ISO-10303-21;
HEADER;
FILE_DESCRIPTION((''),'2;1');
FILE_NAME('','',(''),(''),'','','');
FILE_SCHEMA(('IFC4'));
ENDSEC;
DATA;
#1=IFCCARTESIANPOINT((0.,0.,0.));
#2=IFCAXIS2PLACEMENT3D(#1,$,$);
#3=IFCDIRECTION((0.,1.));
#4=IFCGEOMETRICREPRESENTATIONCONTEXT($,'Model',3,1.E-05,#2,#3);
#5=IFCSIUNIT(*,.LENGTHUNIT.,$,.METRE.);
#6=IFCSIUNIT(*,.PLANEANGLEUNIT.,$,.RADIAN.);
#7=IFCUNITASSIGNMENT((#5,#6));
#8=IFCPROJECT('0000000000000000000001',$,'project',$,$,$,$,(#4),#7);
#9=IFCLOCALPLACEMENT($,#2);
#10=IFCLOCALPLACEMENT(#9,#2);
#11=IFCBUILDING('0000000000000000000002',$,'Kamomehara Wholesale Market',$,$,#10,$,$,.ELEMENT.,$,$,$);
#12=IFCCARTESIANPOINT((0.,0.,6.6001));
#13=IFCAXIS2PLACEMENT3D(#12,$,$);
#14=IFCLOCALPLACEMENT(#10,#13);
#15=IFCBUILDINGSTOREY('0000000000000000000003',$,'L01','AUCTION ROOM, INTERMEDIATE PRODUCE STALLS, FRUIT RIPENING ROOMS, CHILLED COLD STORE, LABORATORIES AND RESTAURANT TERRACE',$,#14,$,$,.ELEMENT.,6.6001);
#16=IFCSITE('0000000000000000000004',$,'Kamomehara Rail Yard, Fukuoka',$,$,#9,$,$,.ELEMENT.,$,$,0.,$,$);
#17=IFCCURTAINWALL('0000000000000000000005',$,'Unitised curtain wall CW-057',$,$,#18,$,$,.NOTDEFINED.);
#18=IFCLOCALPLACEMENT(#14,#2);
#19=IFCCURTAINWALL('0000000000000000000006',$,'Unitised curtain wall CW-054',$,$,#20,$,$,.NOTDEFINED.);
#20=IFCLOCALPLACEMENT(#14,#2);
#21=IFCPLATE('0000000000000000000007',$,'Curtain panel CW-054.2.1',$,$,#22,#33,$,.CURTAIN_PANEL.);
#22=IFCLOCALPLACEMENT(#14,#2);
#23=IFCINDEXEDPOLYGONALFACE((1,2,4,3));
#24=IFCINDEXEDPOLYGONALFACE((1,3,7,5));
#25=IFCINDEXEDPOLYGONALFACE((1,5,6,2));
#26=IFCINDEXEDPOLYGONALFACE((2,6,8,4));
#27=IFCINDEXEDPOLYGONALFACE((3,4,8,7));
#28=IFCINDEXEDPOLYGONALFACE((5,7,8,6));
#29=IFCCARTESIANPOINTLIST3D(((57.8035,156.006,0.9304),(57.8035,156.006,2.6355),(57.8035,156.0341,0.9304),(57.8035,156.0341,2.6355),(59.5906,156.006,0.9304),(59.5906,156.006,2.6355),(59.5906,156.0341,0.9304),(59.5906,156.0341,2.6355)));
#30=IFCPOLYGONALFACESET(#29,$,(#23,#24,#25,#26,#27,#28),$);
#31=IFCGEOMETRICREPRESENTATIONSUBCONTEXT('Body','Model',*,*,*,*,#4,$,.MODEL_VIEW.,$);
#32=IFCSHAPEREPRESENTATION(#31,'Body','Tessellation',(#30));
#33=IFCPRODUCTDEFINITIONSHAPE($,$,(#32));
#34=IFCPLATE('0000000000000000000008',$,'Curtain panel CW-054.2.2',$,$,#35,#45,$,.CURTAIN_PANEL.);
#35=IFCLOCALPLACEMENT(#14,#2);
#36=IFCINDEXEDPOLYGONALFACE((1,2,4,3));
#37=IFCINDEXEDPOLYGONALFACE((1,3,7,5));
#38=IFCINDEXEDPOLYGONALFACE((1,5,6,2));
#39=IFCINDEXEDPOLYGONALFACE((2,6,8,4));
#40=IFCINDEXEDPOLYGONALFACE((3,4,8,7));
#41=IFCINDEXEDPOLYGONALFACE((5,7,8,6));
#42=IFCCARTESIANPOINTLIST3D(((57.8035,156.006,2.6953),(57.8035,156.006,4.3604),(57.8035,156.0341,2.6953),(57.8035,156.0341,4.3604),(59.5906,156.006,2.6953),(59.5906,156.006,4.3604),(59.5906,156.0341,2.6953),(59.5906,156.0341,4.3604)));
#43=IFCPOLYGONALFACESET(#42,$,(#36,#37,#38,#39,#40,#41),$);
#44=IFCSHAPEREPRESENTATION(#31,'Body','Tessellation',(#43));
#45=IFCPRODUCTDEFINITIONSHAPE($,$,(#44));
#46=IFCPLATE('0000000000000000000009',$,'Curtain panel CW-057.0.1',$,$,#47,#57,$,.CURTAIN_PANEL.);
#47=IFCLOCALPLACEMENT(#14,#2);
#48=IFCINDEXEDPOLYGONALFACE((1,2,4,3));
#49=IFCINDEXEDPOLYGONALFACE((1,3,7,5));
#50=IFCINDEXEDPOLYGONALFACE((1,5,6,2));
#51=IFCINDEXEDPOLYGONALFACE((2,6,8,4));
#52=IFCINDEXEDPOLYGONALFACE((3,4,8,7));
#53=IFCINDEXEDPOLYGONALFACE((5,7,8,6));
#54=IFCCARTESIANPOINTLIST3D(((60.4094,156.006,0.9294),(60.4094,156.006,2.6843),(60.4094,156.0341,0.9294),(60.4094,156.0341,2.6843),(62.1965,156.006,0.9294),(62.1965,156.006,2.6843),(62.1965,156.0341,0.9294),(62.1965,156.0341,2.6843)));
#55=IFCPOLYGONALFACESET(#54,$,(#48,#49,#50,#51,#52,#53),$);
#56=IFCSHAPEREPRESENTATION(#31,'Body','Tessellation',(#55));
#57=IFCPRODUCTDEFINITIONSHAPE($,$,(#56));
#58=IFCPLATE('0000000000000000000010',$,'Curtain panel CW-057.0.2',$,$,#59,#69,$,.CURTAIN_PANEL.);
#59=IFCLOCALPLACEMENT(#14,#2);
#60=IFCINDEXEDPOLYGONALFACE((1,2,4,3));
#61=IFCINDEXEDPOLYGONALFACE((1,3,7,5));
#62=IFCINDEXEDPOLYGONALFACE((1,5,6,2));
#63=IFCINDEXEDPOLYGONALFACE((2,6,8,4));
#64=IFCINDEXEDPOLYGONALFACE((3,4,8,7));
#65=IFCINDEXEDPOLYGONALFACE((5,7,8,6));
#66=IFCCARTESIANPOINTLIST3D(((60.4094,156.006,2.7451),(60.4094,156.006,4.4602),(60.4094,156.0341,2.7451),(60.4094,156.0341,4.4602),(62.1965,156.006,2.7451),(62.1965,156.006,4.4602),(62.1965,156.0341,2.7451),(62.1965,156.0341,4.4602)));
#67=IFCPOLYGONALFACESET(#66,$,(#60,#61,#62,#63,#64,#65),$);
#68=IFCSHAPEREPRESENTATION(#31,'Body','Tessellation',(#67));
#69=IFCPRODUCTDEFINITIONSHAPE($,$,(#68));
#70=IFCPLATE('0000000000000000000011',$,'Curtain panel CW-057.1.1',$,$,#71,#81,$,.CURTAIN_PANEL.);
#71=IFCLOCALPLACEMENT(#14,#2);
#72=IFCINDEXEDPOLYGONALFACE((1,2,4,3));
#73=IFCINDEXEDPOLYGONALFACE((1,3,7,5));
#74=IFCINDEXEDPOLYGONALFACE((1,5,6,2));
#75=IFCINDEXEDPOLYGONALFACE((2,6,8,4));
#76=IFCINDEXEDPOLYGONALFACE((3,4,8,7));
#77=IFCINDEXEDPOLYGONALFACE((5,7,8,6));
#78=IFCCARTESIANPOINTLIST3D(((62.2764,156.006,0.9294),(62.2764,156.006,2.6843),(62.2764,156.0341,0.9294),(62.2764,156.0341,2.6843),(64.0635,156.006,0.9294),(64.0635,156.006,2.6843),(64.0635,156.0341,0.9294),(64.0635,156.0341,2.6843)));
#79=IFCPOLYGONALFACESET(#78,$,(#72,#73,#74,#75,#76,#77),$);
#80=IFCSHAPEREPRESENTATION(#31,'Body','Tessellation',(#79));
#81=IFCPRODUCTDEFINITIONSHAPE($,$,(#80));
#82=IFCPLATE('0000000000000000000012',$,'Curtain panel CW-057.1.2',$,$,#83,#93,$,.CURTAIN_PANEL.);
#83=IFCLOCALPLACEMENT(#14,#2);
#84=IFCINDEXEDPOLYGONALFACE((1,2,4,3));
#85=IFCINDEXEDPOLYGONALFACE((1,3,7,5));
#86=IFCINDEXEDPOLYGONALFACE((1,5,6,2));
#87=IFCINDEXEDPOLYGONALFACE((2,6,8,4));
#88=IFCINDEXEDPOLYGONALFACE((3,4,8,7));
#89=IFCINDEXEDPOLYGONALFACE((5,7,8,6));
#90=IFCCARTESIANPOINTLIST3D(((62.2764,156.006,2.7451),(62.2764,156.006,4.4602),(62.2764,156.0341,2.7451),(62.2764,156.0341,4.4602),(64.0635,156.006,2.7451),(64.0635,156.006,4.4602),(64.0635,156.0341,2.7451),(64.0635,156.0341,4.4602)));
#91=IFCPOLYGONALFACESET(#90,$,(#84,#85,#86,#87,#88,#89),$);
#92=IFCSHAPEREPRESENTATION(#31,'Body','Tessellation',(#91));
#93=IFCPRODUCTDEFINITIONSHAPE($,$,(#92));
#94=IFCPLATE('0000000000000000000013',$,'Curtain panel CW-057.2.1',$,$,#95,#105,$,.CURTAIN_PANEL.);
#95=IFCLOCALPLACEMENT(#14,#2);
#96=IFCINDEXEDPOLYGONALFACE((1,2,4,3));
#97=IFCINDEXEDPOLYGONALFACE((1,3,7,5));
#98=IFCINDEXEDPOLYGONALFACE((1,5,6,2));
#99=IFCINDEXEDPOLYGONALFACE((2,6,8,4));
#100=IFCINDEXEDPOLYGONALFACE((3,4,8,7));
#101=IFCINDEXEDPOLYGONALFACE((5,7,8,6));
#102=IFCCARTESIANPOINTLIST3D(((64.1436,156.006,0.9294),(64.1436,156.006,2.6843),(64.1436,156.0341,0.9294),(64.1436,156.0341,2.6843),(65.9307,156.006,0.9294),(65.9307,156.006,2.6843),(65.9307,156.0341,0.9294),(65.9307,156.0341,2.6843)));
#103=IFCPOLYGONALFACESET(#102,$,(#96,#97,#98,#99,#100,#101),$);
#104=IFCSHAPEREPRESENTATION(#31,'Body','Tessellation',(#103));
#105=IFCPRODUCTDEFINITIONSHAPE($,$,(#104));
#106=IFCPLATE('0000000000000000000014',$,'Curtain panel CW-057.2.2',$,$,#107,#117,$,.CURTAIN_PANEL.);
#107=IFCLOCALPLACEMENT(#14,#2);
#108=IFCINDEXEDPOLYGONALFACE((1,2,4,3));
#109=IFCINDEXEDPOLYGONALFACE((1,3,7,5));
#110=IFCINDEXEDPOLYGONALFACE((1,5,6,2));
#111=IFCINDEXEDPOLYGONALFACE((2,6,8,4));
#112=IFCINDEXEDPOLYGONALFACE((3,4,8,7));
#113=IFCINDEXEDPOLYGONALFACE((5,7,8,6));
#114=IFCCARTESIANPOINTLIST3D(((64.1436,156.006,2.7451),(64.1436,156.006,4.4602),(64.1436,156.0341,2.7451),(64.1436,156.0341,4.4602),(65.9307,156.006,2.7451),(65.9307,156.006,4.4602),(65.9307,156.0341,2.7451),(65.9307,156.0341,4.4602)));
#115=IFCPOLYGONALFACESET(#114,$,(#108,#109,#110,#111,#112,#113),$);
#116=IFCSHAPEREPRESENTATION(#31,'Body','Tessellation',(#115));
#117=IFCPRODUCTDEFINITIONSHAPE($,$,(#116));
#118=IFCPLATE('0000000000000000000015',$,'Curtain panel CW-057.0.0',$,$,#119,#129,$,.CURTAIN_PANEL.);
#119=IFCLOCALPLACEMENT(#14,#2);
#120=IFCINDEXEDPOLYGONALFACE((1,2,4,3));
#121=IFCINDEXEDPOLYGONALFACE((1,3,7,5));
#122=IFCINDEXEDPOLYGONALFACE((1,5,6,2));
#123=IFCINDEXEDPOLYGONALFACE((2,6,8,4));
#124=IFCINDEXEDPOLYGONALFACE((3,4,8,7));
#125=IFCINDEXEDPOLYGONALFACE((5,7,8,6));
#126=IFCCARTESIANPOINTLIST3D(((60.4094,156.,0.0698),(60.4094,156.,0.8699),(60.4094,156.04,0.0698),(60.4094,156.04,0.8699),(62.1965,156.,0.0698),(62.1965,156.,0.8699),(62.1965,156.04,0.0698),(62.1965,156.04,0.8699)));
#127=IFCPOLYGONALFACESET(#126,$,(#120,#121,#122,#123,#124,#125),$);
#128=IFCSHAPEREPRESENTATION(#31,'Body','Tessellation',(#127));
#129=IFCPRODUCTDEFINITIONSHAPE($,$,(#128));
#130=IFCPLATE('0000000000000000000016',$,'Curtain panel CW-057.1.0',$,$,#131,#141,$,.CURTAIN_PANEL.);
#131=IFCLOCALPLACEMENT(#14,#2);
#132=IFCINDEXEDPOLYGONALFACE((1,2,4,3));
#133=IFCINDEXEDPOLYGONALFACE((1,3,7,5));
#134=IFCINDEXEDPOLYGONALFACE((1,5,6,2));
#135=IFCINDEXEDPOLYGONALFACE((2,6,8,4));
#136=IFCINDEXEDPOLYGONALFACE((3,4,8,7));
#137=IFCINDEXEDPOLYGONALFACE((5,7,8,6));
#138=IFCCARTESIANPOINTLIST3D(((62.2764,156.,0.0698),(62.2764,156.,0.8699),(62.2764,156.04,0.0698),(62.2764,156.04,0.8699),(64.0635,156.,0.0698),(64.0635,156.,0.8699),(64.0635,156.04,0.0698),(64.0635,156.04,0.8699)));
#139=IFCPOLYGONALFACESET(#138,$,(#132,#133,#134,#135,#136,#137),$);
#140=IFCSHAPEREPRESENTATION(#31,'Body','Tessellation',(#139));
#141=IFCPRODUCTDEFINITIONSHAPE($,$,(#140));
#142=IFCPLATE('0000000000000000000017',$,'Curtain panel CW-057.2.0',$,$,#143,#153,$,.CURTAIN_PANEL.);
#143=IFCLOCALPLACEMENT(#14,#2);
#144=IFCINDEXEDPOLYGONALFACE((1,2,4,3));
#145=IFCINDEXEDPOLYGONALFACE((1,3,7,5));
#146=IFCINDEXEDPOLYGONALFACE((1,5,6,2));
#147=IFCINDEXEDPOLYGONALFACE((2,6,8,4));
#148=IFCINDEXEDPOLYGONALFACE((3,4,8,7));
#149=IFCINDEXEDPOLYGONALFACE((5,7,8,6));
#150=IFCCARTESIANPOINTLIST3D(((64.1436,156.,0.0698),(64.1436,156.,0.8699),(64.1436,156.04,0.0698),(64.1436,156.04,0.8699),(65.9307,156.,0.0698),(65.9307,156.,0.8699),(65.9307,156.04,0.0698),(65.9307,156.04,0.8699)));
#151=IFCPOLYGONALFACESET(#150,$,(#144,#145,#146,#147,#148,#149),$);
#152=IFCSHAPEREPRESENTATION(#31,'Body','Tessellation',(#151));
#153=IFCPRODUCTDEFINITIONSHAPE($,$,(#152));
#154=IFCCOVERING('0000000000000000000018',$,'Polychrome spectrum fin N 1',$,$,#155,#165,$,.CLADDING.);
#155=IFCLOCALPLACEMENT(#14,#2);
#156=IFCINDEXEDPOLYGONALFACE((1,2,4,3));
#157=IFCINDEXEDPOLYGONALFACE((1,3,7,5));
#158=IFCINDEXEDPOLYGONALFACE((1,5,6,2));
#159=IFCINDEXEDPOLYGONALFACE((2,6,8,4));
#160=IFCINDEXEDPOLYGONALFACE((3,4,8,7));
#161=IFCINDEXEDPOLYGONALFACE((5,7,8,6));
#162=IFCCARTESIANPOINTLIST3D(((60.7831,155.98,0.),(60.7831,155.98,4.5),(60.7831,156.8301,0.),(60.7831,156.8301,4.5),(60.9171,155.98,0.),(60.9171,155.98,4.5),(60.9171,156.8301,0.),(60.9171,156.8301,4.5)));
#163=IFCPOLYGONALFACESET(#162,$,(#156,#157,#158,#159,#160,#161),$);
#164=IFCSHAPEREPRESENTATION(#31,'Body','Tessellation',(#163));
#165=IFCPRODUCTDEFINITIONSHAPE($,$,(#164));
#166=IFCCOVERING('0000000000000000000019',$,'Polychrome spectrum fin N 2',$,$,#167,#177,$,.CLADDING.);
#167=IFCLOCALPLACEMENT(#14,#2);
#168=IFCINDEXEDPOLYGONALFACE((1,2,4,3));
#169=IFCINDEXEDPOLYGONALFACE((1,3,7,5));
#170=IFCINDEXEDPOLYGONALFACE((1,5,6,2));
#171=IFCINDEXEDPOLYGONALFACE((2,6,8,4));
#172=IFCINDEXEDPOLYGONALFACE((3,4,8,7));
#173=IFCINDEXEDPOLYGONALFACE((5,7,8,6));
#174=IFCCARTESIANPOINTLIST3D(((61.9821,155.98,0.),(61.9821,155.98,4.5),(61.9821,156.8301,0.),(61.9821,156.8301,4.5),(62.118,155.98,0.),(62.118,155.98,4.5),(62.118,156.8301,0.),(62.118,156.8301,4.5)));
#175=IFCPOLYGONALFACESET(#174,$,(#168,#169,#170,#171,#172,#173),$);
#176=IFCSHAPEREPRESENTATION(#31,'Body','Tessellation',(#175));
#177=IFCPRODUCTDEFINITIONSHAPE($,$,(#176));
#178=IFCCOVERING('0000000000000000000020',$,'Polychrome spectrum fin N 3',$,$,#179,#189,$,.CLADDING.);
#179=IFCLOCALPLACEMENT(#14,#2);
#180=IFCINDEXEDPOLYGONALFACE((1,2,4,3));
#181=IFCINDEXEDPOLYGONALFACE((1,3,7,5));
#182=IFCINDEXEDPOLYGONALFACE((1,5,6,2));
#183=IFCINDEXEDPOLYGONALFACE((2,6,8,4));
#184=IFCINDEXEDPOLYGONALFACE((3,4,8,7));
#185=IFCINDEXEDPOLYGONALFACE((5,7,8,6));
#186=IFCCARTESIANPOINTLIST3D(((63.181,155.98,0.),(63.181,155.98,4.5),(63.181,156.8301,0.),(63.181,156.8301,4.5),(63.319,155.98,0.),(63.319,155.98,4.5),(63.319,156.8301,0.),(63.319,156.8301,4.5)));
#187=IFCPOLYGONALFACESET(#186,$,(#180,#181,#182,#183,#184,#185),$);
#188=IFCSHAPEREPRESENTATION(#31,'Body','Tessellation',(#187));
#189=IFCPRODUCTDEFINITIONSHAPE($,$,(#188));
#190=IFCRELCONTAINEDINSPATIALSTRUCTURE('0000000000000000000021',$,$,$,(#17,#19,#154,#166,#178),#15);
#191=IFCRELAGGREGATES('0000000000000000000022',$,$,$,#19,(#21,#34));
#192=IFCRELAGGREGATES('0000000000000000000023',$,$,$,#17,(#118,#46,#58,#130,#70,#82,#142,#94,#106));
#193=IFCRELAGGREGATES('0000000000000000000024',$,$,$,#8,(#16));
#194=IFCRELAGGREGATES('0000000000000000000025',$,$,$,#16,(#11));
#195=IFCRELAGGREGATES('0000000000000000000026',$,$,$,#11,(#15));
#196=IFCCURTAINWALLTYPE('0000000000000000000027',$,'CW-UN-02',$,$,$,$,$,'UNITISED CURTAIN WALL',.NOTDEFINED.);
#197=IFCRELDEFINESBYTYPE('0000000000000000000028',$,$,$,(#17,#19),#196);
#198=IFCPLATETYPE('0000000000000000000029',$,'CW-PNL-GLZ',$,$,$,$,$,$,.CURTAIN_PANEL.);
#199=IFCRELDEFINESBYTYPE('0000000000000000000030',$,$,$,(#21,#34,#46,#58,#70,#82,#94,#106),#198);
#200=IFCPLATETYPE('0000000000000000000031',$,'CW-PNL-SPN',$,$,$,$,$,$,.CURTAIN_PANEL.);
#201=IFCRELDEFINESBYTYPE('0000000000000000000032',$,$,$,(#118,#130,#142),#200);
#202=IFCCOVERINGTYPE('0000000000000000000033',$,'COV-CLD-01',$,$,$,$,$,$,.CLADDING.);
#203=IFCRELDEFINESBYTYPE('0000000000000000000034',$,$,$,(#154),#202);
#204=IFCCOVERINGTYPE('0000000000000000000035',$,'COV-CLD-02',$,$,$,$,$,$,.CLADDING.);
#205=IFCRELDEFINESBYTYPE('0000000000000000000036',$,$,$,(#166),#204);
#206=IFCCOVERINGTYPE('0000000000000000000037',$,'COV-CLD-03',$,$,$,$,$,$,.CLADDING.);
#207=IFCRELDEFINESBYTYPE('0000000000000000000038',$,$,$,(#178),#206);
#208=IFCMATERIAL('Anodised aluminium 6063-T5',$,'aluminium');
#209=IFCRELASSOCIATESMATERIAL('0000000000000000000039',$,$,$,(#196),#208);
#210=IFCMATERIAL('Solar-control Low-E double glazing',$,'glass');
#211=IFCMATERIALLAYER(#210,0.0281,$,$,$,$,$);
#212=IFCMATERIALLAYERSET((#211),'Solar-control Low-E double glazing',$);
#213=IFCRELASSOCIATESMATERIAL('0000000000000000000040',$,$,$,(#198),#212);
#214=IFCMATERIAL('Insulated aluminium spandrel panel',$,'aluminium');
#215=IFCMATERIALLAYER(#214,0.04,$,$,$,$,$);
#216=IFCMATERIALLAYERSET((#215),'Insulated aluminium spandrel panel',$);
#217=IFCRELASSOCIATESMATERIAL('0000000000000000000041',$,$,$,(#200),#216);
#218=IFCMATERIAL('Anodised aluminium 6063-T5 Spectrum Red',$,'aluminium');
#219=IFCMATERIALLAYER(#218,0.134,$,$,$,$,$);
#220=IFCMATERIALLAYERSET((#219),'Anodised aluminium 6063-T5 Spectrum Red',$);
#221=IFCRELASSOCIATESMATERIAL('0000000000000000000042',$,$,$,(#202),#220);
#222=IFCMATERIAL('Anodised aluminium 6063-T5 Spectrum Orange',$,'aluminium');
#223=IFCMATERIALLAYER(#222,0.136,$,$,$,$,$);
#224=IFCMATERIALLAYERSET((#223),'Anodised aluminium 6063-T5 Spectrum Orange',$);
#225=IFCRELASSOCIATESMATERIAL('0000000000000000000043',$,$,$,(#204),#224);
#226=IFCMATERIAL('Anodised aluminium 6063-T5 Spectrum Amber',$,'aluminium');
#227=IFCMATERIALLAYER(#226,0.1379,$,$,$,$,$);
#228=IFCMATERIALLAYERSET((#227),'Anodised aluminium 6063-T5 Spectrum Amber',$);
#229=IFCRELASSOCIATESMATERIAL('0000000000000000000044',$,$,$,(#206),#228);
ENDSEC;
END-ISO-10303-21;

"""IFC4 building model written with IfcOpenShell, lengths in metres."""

from ifc_helpers import new_model, si_unit, direction, frame, origin, origin_2d, place, context, subcontext, project, spatial, rectangle, extrude, material, layer, layer_set, type_object, element, aggregate, save


model = new_model("IFC4")

# Units and contexts
model_context = context("Model", 3, precision=1e-05, world=origin(), true_north=direction((0.0, 1.0)))
body_context = subcontext(model_context, "Body", "Model", "MODEL_VIEW")
ifc_project = project(units=[si_unit("LENGTHUNIT", "METRE"), si_unit("PLANEANGLEUNIT", "RADIAN")], contexts=[model_context])

# Site, building, storey
site_placement = place(None, origin())
site = spatial("IfcSite", under=ifc_project, at=site_placement, Name="Kamomehara Rail Yard, Fukuoka", CompositionType="ELEMENT", RefElevation=0.0)
building_placement = place(site_placement, origin())
building = spatial("IfcBuilding", under=site, at=building_placement, Name="Kamomehara Wholesale Market", CompositionType="ELEMENT")
storey_placement = place(building_placement, frame((0.0, 0.0, 6.6001)))
storey = spatial("IfcBuildingStorey", under=building, at=storey_placement, Name="L01", Description="AUCTION ROOM, INTERMEDIATE PRODUCE STALLS, FRUIT RIPENING ROOMS, CHILLED COLD STORE, LABORATORIES AND RESTAURANT TERRACE", CompositionType="ELEMENT", Elevation=6.6001)

# Curtain wall
ifc_material_1 = material(Name="Anodised aluminium 6063-T5", Category="aluminium")
curtain_wall_type = type_object("IfcCurtainWallType", Name="CW-UN-02", ElementType="UNITISED CURTAIN WALL", PredefinedType="NOTDEFINED", material=ifc_material_1)
curtain_wall_1_placement = place(storey_placement, origin())
curtain_wall_1 = element("IfcCurtainWall", 1, at=curtain_wall_1_placement, inside=storey, type_object=curtain_wall_type, Name="Unitised curtain wall CW-057", PredefinedType="NOTDEFINED")

# Curtain wall, plates
curtain_wall_2_placement = place(storey_placement, origin())
curtain_wall_2 = element("IfcCurtainWall", 2, at=curtain_wall_2_placement, inside=storey, type_object=curtain_wall_type, Name="Unitised curtain wall CW-054", PredefinedType="NOTDEFINED")
ifc_material_2 = material(Name="Solar-control Low-E double glazing", Category="glass")
ifc_layer_1 = layer(ifc_material_2, 0.0281)
ifc_layer_set_1 = layer_set([ifc_layer_1], Name="Solar-control Low-E double glazing")
plate_type_1 = type_object("IfcPlateType", Name="CW-PNL-GLZ", PredefinedType="CURTAIN_PANEL", material=ifc_layer_set_1)
plate_1_placement = place(storey_placement, frame((58.697, 156.02, 0.9304), z_axis=(0.0, 0.0, 1.0), x_axis=(1.0, 0.0, 0.0)))
plate_1 = element("IfcPlate", 3, at=plate_1_placement, type_object=plate_type_1, Name="Curtain panel CW-054.2.1", PredefinedType="CURTAIN_PANEL", context=body_context, shape_type="SweptSolid", body=[
    extrude(rectangle(XDim=1.7871, YDim=0.0281, at=origin_2d()), origin(), (0.0, 0.0, 1.0), 1.7051),
])
plate_2_placement = place(storey_placement, frame((58.697, 156.02, 2.6953), z_axis=(0.0, 0.0, 1.0), x_axis=(1.0, 0.0, 0.0)))
plate_2 = element("IfcPlate", 4, at=plate_2_placement, type_object=plate_type_1, Name="Curtain panel CW-054.2.2", PredefinedType="CURTAIN_PANEL", context=body_context, shape_type="SweptSolid", body=[
    extrude(rectangle(XDim=1.7871, YDim=0.0281, at=origin_2d()), origin(), (0.0, 0.0, 1.0), 1.665),
])
aggregate(curtain_wall_2, [plate_1, plate_2])

# Plates
plate_3_placement = place(storey_placement, frame((61.303, 156.02, 0.9294), z_axis=(0.0, 0.0, 1.0), x_axis=(1.0, 0.0, 0.0)))
plate_3 = element("IfcPlate", 5, at=plate_3_placement, type_object=plate_type_1, Name="Curtain panel CW-057.0.1", PredefinedType="CURTAIN_PANEL", context=body_context, shape_type="SweptSolid", body=[
    extrude(rectangle(XDim=1.7871, YDim=0.0281, at=origin_2d()), origin(), (0.0, 0.0, 1.0), 1.7549),
])
plate_4_placement = place(storey_placement, frame((61.303, 156.02, 2.7451), z_axis=(0.0, 0.0, 1.0), x_axis=(1.0, 0.0, 0.0)))
plate_4 = element("IfcPlate", 6, at=plate_4_placement, type_object=plate_type_1, Name="Curtain panel CW-057.0.2", PredefinedType="CURTAIN_PANEL", context=body_context, shape_type="SweptSolid", body=[
    extrude(rectangle(XDim=1.7871, YDim=0.0281, at=origin_2d()), origin(), (0.0, 0.0, 1.0), 1.7151),
])
plate_5_placement = place(storey_placement, frame((63.1699, 156.02, 0.9294), z_axis=(0.0, 0.0, 1.0), x_axis=(1.0, 0.0, 0.0)))
plate_5 = element("IfcPlate", 7, at=plate_5_placement, type_object=plate_type_1, Name="Curtain panel CW-057.1.1", PredefinedType="CURTAIN_PANEL", context=body_context, shape_type="SweptSolid", body=[
    extrude(rectangle(XDim=1.7871, YDim=0.0281, at=origin_2d()), origin(), (0.0, 0.0, 1.0), 1.7549),
])
plate_6_placement = place(storey_placement, frame((63.1699, 156.02, 2.7451), z_axis=(0.0, 0.0, 1.0), x_axis=(1.0, 0.0, 0.0)))
plate_6 = element("IfcPlate", 8, at=plate_6_placement, type_object=plate_type_1, Name="Curtain panel CW-057.1.2", PredefinedType="CURTAIN_PANEL", context=body_context, shape_type="SweptSolid", body=[
    extrude(rectangle(XDim=1.7871, YDim=0.0281, at=origin_2d()), origin(), (0.0, 0.0, 1.0), 1.7151),
])
plate_7_placement = place(storey_placement, frame((65.0371, 156.02, 0.9294), z_axis=(0.0, 0.0, 1.0), x_axis=(1.0, 0.0, 0.0)))
plate_7 = element("IfcPlate", 9, at=plate_7_placement, type_object=plate_type_1, Name="Curtain panel CW-057.2.1", PredefinedType="CURTAIN_PANEL", context=body_context, shape_type="SweptSolid", body=[
    extrude(rectangle(XDim=1.7871, YDim=0.0281, at=origin_2d()), origin(), (0.0, 0.0, 1.0), 1.7549),
])
plate_8_placement = place(storey_placement, frame((65.0371, 156.02, 2.7451), z_axis=(0.0, 0.0, 1.0), x_axis=(1.0, 0.0, 0.0)))
plate_8 = element("IfcPlate", 10, at=plate_8_placement, type_object=plate_type_1, Name="Curtain panel CW-057.2.2", PredefinedType="CURTAIN_PANEL", context=body_context, shape_type="SweptSolid", body=[
    extrude(rectangle(XDim=1.7871, YDim=0.0281, at=origin_2d()), origin(), (0.0, 0.0, 1.0), 1.7151),
])
ifc_material_3 = material(Name="Insulated aluminium spandrel panel", Category="aluminium")
ifc_layer_2 = layer(ifc_material_3, 0.04)
ifc_layer_set_2 = layer_set([ifc_layer_2], Name="Insulated aluminium spandrel panel")
plate_type_2 = type_object("IfcPlateType", Name="CW-PNL-SPN", PredefinedType="CURTAIN_PANEL", material=ifc_layer_set_2)
plate_9_placement = place(storey_placement, frame((61.303, 156.02, 0.0698), z_axis=(0.0, 0.0, 1.0), x_axis=(1.0, 0.0, 0.0)))
plate_9 = element("IfcPlate", 11, at=plate_9_placement, type_object=plate_type_2, Name="Curtain panel CW-057.0.0", PredefinedType="CURTAIN_PANEL", context=body_context, shape_type="SweptSolid", body=[
    extrude(rectangle(XDim=1.7871, YDim=0.04, at=origin_2d()), origin(), (0.0, 0.0, 1.0), 0.8),
])
plate_10_placement = place(storey_placement, frame((63.1699, 156.02, 0.0698), z_axis=(0.0, 0.0, 1.0), x_axis=(1.0, 0.0, 0.0)))
plate_10 = element("IfcPlate", 12, at=plate_10_placement, type_object=plate_type_2, Name="Curtain panel CW-057.1.0", PredefinedType="CURTAIN_PANEL", context=body_context, shape_type="SweptSolid", body=[
    extrude(rectangle(XDim=1.7871, YDim=0.04, at=origin_2d()), origin(), (0.0, 0.0, 1.0), 0.8),
])
plate_11_placement = place(storey_placement, frame((65.0371, 156.02, 0.0698), z_axis=(0.0, 0.0, 1.0), x_axis=(1.0, 0.0, 0.0)))
plate_11 = element("IfcPlate", 13, at=plate_11_placement, type_object=plate_type_2, Name="Curtain panel CW-057.2.0", PredefinedType="CURTAIN_PANEL", context=body_context, shape_type="SweptSolid", body=[
    extrude(rectangle(XDim=1.7871, YDim=0.04, at=origin_2d()), origin(), (0.0, 0.0, 1.0), 0.8),
])
aggregate(curtain_wall_1, [plate_9, plate_3, plate_4, plate_10, plate_5, plate_6, plate_11, plate_7, plate_8])

# Coverings
ifc_material_4 = material(Name="Anodised aluminium 6063-T5 Spectrum Red", Category="aluminium")
ifc_layer_3 = layer(ifc_material_4, 0.134)
ifc_layer_set_3 = layer_set([ifc_layer_3], Name="Anodised aluminium 6063-T5 Spectrum Red")
covering_type_1 = type_object("IfcCoveringType", Name="COV-CLD-01", PredefinedType="CLADDING", material=ifc_layer_set_3)
covering_1_placement = place(storey_placement, frame((60.8501, 156.405, 0.0), z_axis=(0.0, 0.0, 1.0), x_axis=(1.0, 0.0, 0.0)))
element("IfcCovering", 14, at=covering_1_placement, inside=storey, type_object=covering_type_1, Name="Polychrome spectrum fin N 1", PredefinedType="CLADDING", context=body_context, shape_type="SweptSolid", body=[
    extrude(rectangle(XDim=0.134, YDim=0.8501, at=origin_2d()), origin(), (0.0, 0.0, 1.0), 4.5),
])
ifc_material_5 = material(Name="Anodised aluminium 6063-T5 Spectrum Orange", Category="aluminium")
ifc_layer_4 = layer(ifc_material_5, 0.136)
ifc_layer_set_4 = layer_set([ifc_layer_4], Name="Anodised aluminium 6063-T5 Spectrum Orange")
covering_type_2 = type_object("IfcCoveringType", Name="COV-CLD-02", PredefinedType="CLADDING", material=ifc_layer_set_4)
covering_2_placement = place(storey_placement, frame((62.05, 156.405, 0.0), z_axis=(0.0, 0.0, 1.0), x_axis=(1.0, 0.0, 0.0)))
element("IfcCovering", 15, at=covering_2_placement, inside=storey, type_object=covering_type_2, Name="Polychrome spectrum fin N 2", PredefinedType="CLADDING", context=body_context, shape_type="SweptSolid", body=[
    extrude(rectangle(XDim=0.136, YDim=0.8501, at=origin_2d()), origin(), (0.0, 0.0, 1.0), 4.5),
])
ifc_material_6 = material(Name="Anodised aluminium 6063-T5 Spectrum Amber", Category="aluminium")
ifc_layer_5 = layer(ifc_material_6, 0.1379)
ifc_layer_set_5 = layer_set([ifc_layer_5], Name="Anodised aluminium 6063-T5 Spectrum Amber")
covering_type_3 = type_object("IfcCoveringType", Name="COV-CLD-03", PredefinedType="CLADDING", material=ifc_layer_set_5)
covering_3_placement = place(storey_placement, frame((63.25, 156.405, 0.0), z_axis=(0.0, 0.0, 1.0), x_axis=(1.0, 0.0, 0.0)))
element("IfcCovering", 16, at=covering_3_placement, inside=storey, type_object=covering_type_3, Name="Polychrome spectrum fin N 3", PredefinedType="CLADDING", context=body_context, shape_type="SweptSolid", body=[
    extrude(rectangle(XDim=0.1379, YDim=0.8501, at=origin_2d()), origin(), (0.0, 0.0, 1.0), 4.5),
])

save(model, "model.ifc")
